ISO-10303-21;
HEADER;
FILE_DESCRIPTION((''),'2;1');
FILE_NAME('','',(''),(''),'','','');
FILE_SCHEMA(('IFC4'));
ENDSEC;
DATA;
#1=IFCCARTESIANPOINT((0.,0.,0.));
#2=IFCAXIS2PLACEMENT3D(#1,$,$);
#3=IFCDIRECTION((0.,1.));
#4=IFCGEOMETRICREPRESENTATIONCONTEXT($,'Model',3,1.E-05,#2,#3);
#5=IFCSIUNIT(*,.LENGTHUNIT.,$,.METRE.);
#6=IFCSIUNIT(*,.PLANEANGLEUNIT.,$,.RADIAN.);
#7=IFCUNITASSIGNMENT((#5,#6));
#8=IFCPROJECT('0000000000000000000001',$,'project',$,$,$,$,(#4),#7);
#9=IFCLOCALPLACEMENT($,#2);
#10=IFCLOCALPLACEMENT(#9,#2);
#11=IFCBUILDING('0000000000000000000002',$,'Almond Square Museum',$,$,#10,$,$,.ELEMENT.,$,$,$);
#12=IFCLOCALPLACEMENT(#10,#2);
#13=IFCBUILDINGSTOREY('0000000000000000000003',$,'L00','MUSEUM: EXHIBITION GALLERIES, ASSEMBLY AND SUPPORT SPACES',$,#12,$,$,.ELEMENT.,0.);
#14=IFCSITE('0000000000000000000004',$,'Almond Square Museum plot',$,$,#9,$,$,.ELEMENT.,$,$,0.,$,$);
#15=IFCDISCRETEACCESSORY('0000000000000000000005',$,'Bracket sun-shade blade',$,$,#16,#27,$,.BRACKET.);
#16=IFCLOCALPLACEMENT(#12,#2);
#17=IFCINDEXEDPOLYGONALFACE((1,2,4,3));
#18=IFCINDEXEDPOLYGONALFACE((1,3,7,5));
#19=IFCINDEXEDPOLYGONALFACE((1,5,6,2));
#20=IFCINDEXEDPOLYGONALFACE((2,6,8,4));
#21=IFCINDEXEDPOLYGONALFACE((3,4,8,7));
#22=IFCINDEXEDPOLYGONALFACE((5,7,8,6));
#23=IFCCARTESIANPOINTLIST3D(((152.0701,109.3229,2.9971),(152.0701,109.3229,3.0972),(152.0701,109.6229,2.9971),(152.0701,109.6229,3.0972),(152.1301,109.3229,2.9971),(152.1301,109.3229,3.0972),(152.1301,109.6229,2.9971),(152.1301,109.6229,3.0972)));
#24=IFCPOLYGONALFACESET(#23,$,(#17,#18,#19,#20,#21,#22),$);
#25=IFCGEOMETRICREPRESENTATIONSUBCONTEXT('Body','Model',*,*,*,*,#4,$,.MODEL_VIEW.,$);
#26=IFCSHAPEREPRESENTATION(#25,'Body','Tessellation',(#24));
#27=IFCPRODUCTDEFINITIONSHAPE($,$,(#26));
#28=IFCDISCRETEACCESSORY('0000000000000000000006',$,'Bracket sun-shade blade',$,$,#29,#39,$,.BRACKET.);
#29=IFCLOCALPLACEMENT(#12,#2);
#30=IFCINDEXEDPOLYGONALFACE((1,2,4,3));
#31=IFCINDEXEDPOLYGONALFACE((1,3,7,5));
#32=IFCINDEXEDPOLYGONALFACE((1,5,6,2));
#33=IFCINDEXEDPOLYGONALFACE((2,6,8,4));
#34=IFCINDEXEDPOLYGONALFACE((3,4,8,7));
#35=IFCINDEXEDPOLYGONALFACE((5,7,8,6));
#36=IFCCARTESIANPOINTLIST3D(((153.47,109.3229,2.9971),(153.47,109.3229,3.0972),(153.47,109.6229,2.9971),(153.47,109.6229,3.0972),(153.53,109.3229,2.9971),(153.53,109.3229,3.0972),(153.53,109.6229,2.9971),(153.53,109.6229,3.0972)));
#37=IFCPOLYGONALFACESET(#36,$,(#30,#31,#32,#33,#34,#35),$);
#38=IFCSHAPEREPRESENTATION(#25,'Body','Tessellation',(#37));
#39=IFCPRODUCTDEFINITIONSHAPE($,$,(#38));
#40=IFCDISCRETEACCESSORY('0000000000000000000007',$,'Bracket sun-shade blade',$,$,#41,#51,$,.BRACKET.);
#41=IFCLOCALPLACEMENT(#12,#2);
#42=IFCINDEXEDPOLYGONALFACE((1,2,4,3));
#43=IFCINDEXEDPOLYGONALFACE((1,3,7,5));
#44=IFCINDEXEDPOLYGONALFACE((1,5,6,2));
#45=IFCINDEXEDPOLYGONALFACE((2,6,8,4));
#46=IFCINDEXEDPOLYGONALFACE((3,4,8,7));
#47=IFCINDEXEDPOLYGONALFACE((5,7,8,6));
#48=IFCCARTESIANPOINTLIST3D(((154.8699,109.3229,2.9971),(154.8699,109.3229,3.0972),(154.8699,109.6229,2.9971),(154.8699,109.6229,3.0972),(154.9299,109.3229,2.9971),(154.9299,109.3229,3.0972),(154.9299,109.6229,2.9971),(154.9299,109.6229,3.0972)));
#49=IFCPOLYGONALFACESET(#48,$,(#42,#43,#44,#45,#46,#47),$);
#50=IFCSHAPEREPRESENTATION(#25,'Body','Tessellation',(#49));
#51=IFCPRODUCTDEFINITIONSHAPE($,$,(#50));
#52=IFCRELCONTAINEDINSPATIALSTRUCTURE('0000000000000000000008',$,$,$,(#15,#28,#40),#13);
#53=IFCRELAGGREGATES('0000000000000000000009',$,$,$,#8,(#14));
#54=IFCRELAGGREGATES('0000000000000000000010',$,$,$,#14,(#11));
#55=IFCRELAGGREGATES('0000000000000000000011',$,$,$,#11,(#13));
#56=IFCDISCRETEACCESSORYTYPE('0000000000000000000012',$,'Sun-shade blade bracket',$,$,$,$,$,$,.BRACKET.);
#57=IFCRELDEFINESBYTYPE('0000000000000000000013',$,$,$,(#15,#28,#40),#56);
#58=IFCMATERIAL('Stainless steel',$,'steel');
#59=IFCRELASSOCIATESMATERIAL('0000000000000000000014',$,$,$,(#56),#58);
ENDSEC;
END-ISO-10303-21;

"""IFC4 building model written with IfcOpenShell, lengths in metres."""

from ifc_helpers import new_model, si_unit, direction, frame, origin, origin_2d, place, context, subcontext, project, spatial, rectangle, extrude, material, type_object, element, save


model = new_model("IFC4")

# Units and contexts
model_context = context("Model", 3, precision=1e-05, world=origin(), true_north=direction((0.0, 1.0)))
body_context = subcontext(model_context, "Body", "Model", "MODEL_VIEW")
ifc_project = project(units=[si_unit("LENGTHUNIT", "METRE"), si_unit("PLANEANGLEUNIT", "RADIAN")], contexts=[model_context])

# Site, building, storey
site_placement = place(None, origin())
site = spatial("IfcSite", under=ifc_project, at=site_placement, Name="Almond Square Museum plot", CompositionType="ELEMENT", RefElevation=0.0)
building_placement = place(site_placement, origin())
building = spatial("IfcBuilding", under=site, at=building_placement, Name="Almond Square Museum", CompositionType="ELEMENT")
storey_placement = place(building_placement, origin())
storey = spatial("IfcBuildingStorey", under=building, at=storey_placement, Name="L00", Description="MUSEUM: EXHIBITION GALLERIES, ASSEMBLY AND SUPPORT SPACES", CompositionType="ELEMENT", Elevation=0.0)

# Discrete accessories
ifc_material_1 = material(Name="Stainless steel", Category="steel")
discrete_accessory_type = type_object("IfcDiscreteAccessoryType", Name="Sun-shade blade bracket", PredefinedType="BRACKET", material=ifc_material_1)
for number, where, z_axis, x_axis, name in (
    (1, (152.1001, 109.4729, 2.9971), (0.0, 0.0, 1.0), (1.0, 0.0, 0.0), "Bracket sun-shade blade"),
    (2, (153.5, 109.4729, 2.9971), (0.0, 0.0, 1.0), (1.0, 0.0, 0.0), "Bracket sun-shade blade"),
    (3, (154.8999, 109.4729, 2.9971), (0.0, 0.0, 1.0), (1.0, 0.0, 0.0), "Bracket sun-shade blade"),
):
    element("IfcDiscreteAccessory", number, at=place(storey_placement, frame(where, z_axis=z_axis, x_axis=x_axis)), inside=storey, type_object=discrete_accessory_type, Name=name, PredefinedType="BRACKET", context=body_context, shape_type="SweptSolid", body=[
        extrude(rectangle(XDim=0.0601, YDim=0.3, at=origin_2d()), origin(), (0.0, 0.0, 1.0), 0.1001),
    ])

save(model, "model.ifc")
